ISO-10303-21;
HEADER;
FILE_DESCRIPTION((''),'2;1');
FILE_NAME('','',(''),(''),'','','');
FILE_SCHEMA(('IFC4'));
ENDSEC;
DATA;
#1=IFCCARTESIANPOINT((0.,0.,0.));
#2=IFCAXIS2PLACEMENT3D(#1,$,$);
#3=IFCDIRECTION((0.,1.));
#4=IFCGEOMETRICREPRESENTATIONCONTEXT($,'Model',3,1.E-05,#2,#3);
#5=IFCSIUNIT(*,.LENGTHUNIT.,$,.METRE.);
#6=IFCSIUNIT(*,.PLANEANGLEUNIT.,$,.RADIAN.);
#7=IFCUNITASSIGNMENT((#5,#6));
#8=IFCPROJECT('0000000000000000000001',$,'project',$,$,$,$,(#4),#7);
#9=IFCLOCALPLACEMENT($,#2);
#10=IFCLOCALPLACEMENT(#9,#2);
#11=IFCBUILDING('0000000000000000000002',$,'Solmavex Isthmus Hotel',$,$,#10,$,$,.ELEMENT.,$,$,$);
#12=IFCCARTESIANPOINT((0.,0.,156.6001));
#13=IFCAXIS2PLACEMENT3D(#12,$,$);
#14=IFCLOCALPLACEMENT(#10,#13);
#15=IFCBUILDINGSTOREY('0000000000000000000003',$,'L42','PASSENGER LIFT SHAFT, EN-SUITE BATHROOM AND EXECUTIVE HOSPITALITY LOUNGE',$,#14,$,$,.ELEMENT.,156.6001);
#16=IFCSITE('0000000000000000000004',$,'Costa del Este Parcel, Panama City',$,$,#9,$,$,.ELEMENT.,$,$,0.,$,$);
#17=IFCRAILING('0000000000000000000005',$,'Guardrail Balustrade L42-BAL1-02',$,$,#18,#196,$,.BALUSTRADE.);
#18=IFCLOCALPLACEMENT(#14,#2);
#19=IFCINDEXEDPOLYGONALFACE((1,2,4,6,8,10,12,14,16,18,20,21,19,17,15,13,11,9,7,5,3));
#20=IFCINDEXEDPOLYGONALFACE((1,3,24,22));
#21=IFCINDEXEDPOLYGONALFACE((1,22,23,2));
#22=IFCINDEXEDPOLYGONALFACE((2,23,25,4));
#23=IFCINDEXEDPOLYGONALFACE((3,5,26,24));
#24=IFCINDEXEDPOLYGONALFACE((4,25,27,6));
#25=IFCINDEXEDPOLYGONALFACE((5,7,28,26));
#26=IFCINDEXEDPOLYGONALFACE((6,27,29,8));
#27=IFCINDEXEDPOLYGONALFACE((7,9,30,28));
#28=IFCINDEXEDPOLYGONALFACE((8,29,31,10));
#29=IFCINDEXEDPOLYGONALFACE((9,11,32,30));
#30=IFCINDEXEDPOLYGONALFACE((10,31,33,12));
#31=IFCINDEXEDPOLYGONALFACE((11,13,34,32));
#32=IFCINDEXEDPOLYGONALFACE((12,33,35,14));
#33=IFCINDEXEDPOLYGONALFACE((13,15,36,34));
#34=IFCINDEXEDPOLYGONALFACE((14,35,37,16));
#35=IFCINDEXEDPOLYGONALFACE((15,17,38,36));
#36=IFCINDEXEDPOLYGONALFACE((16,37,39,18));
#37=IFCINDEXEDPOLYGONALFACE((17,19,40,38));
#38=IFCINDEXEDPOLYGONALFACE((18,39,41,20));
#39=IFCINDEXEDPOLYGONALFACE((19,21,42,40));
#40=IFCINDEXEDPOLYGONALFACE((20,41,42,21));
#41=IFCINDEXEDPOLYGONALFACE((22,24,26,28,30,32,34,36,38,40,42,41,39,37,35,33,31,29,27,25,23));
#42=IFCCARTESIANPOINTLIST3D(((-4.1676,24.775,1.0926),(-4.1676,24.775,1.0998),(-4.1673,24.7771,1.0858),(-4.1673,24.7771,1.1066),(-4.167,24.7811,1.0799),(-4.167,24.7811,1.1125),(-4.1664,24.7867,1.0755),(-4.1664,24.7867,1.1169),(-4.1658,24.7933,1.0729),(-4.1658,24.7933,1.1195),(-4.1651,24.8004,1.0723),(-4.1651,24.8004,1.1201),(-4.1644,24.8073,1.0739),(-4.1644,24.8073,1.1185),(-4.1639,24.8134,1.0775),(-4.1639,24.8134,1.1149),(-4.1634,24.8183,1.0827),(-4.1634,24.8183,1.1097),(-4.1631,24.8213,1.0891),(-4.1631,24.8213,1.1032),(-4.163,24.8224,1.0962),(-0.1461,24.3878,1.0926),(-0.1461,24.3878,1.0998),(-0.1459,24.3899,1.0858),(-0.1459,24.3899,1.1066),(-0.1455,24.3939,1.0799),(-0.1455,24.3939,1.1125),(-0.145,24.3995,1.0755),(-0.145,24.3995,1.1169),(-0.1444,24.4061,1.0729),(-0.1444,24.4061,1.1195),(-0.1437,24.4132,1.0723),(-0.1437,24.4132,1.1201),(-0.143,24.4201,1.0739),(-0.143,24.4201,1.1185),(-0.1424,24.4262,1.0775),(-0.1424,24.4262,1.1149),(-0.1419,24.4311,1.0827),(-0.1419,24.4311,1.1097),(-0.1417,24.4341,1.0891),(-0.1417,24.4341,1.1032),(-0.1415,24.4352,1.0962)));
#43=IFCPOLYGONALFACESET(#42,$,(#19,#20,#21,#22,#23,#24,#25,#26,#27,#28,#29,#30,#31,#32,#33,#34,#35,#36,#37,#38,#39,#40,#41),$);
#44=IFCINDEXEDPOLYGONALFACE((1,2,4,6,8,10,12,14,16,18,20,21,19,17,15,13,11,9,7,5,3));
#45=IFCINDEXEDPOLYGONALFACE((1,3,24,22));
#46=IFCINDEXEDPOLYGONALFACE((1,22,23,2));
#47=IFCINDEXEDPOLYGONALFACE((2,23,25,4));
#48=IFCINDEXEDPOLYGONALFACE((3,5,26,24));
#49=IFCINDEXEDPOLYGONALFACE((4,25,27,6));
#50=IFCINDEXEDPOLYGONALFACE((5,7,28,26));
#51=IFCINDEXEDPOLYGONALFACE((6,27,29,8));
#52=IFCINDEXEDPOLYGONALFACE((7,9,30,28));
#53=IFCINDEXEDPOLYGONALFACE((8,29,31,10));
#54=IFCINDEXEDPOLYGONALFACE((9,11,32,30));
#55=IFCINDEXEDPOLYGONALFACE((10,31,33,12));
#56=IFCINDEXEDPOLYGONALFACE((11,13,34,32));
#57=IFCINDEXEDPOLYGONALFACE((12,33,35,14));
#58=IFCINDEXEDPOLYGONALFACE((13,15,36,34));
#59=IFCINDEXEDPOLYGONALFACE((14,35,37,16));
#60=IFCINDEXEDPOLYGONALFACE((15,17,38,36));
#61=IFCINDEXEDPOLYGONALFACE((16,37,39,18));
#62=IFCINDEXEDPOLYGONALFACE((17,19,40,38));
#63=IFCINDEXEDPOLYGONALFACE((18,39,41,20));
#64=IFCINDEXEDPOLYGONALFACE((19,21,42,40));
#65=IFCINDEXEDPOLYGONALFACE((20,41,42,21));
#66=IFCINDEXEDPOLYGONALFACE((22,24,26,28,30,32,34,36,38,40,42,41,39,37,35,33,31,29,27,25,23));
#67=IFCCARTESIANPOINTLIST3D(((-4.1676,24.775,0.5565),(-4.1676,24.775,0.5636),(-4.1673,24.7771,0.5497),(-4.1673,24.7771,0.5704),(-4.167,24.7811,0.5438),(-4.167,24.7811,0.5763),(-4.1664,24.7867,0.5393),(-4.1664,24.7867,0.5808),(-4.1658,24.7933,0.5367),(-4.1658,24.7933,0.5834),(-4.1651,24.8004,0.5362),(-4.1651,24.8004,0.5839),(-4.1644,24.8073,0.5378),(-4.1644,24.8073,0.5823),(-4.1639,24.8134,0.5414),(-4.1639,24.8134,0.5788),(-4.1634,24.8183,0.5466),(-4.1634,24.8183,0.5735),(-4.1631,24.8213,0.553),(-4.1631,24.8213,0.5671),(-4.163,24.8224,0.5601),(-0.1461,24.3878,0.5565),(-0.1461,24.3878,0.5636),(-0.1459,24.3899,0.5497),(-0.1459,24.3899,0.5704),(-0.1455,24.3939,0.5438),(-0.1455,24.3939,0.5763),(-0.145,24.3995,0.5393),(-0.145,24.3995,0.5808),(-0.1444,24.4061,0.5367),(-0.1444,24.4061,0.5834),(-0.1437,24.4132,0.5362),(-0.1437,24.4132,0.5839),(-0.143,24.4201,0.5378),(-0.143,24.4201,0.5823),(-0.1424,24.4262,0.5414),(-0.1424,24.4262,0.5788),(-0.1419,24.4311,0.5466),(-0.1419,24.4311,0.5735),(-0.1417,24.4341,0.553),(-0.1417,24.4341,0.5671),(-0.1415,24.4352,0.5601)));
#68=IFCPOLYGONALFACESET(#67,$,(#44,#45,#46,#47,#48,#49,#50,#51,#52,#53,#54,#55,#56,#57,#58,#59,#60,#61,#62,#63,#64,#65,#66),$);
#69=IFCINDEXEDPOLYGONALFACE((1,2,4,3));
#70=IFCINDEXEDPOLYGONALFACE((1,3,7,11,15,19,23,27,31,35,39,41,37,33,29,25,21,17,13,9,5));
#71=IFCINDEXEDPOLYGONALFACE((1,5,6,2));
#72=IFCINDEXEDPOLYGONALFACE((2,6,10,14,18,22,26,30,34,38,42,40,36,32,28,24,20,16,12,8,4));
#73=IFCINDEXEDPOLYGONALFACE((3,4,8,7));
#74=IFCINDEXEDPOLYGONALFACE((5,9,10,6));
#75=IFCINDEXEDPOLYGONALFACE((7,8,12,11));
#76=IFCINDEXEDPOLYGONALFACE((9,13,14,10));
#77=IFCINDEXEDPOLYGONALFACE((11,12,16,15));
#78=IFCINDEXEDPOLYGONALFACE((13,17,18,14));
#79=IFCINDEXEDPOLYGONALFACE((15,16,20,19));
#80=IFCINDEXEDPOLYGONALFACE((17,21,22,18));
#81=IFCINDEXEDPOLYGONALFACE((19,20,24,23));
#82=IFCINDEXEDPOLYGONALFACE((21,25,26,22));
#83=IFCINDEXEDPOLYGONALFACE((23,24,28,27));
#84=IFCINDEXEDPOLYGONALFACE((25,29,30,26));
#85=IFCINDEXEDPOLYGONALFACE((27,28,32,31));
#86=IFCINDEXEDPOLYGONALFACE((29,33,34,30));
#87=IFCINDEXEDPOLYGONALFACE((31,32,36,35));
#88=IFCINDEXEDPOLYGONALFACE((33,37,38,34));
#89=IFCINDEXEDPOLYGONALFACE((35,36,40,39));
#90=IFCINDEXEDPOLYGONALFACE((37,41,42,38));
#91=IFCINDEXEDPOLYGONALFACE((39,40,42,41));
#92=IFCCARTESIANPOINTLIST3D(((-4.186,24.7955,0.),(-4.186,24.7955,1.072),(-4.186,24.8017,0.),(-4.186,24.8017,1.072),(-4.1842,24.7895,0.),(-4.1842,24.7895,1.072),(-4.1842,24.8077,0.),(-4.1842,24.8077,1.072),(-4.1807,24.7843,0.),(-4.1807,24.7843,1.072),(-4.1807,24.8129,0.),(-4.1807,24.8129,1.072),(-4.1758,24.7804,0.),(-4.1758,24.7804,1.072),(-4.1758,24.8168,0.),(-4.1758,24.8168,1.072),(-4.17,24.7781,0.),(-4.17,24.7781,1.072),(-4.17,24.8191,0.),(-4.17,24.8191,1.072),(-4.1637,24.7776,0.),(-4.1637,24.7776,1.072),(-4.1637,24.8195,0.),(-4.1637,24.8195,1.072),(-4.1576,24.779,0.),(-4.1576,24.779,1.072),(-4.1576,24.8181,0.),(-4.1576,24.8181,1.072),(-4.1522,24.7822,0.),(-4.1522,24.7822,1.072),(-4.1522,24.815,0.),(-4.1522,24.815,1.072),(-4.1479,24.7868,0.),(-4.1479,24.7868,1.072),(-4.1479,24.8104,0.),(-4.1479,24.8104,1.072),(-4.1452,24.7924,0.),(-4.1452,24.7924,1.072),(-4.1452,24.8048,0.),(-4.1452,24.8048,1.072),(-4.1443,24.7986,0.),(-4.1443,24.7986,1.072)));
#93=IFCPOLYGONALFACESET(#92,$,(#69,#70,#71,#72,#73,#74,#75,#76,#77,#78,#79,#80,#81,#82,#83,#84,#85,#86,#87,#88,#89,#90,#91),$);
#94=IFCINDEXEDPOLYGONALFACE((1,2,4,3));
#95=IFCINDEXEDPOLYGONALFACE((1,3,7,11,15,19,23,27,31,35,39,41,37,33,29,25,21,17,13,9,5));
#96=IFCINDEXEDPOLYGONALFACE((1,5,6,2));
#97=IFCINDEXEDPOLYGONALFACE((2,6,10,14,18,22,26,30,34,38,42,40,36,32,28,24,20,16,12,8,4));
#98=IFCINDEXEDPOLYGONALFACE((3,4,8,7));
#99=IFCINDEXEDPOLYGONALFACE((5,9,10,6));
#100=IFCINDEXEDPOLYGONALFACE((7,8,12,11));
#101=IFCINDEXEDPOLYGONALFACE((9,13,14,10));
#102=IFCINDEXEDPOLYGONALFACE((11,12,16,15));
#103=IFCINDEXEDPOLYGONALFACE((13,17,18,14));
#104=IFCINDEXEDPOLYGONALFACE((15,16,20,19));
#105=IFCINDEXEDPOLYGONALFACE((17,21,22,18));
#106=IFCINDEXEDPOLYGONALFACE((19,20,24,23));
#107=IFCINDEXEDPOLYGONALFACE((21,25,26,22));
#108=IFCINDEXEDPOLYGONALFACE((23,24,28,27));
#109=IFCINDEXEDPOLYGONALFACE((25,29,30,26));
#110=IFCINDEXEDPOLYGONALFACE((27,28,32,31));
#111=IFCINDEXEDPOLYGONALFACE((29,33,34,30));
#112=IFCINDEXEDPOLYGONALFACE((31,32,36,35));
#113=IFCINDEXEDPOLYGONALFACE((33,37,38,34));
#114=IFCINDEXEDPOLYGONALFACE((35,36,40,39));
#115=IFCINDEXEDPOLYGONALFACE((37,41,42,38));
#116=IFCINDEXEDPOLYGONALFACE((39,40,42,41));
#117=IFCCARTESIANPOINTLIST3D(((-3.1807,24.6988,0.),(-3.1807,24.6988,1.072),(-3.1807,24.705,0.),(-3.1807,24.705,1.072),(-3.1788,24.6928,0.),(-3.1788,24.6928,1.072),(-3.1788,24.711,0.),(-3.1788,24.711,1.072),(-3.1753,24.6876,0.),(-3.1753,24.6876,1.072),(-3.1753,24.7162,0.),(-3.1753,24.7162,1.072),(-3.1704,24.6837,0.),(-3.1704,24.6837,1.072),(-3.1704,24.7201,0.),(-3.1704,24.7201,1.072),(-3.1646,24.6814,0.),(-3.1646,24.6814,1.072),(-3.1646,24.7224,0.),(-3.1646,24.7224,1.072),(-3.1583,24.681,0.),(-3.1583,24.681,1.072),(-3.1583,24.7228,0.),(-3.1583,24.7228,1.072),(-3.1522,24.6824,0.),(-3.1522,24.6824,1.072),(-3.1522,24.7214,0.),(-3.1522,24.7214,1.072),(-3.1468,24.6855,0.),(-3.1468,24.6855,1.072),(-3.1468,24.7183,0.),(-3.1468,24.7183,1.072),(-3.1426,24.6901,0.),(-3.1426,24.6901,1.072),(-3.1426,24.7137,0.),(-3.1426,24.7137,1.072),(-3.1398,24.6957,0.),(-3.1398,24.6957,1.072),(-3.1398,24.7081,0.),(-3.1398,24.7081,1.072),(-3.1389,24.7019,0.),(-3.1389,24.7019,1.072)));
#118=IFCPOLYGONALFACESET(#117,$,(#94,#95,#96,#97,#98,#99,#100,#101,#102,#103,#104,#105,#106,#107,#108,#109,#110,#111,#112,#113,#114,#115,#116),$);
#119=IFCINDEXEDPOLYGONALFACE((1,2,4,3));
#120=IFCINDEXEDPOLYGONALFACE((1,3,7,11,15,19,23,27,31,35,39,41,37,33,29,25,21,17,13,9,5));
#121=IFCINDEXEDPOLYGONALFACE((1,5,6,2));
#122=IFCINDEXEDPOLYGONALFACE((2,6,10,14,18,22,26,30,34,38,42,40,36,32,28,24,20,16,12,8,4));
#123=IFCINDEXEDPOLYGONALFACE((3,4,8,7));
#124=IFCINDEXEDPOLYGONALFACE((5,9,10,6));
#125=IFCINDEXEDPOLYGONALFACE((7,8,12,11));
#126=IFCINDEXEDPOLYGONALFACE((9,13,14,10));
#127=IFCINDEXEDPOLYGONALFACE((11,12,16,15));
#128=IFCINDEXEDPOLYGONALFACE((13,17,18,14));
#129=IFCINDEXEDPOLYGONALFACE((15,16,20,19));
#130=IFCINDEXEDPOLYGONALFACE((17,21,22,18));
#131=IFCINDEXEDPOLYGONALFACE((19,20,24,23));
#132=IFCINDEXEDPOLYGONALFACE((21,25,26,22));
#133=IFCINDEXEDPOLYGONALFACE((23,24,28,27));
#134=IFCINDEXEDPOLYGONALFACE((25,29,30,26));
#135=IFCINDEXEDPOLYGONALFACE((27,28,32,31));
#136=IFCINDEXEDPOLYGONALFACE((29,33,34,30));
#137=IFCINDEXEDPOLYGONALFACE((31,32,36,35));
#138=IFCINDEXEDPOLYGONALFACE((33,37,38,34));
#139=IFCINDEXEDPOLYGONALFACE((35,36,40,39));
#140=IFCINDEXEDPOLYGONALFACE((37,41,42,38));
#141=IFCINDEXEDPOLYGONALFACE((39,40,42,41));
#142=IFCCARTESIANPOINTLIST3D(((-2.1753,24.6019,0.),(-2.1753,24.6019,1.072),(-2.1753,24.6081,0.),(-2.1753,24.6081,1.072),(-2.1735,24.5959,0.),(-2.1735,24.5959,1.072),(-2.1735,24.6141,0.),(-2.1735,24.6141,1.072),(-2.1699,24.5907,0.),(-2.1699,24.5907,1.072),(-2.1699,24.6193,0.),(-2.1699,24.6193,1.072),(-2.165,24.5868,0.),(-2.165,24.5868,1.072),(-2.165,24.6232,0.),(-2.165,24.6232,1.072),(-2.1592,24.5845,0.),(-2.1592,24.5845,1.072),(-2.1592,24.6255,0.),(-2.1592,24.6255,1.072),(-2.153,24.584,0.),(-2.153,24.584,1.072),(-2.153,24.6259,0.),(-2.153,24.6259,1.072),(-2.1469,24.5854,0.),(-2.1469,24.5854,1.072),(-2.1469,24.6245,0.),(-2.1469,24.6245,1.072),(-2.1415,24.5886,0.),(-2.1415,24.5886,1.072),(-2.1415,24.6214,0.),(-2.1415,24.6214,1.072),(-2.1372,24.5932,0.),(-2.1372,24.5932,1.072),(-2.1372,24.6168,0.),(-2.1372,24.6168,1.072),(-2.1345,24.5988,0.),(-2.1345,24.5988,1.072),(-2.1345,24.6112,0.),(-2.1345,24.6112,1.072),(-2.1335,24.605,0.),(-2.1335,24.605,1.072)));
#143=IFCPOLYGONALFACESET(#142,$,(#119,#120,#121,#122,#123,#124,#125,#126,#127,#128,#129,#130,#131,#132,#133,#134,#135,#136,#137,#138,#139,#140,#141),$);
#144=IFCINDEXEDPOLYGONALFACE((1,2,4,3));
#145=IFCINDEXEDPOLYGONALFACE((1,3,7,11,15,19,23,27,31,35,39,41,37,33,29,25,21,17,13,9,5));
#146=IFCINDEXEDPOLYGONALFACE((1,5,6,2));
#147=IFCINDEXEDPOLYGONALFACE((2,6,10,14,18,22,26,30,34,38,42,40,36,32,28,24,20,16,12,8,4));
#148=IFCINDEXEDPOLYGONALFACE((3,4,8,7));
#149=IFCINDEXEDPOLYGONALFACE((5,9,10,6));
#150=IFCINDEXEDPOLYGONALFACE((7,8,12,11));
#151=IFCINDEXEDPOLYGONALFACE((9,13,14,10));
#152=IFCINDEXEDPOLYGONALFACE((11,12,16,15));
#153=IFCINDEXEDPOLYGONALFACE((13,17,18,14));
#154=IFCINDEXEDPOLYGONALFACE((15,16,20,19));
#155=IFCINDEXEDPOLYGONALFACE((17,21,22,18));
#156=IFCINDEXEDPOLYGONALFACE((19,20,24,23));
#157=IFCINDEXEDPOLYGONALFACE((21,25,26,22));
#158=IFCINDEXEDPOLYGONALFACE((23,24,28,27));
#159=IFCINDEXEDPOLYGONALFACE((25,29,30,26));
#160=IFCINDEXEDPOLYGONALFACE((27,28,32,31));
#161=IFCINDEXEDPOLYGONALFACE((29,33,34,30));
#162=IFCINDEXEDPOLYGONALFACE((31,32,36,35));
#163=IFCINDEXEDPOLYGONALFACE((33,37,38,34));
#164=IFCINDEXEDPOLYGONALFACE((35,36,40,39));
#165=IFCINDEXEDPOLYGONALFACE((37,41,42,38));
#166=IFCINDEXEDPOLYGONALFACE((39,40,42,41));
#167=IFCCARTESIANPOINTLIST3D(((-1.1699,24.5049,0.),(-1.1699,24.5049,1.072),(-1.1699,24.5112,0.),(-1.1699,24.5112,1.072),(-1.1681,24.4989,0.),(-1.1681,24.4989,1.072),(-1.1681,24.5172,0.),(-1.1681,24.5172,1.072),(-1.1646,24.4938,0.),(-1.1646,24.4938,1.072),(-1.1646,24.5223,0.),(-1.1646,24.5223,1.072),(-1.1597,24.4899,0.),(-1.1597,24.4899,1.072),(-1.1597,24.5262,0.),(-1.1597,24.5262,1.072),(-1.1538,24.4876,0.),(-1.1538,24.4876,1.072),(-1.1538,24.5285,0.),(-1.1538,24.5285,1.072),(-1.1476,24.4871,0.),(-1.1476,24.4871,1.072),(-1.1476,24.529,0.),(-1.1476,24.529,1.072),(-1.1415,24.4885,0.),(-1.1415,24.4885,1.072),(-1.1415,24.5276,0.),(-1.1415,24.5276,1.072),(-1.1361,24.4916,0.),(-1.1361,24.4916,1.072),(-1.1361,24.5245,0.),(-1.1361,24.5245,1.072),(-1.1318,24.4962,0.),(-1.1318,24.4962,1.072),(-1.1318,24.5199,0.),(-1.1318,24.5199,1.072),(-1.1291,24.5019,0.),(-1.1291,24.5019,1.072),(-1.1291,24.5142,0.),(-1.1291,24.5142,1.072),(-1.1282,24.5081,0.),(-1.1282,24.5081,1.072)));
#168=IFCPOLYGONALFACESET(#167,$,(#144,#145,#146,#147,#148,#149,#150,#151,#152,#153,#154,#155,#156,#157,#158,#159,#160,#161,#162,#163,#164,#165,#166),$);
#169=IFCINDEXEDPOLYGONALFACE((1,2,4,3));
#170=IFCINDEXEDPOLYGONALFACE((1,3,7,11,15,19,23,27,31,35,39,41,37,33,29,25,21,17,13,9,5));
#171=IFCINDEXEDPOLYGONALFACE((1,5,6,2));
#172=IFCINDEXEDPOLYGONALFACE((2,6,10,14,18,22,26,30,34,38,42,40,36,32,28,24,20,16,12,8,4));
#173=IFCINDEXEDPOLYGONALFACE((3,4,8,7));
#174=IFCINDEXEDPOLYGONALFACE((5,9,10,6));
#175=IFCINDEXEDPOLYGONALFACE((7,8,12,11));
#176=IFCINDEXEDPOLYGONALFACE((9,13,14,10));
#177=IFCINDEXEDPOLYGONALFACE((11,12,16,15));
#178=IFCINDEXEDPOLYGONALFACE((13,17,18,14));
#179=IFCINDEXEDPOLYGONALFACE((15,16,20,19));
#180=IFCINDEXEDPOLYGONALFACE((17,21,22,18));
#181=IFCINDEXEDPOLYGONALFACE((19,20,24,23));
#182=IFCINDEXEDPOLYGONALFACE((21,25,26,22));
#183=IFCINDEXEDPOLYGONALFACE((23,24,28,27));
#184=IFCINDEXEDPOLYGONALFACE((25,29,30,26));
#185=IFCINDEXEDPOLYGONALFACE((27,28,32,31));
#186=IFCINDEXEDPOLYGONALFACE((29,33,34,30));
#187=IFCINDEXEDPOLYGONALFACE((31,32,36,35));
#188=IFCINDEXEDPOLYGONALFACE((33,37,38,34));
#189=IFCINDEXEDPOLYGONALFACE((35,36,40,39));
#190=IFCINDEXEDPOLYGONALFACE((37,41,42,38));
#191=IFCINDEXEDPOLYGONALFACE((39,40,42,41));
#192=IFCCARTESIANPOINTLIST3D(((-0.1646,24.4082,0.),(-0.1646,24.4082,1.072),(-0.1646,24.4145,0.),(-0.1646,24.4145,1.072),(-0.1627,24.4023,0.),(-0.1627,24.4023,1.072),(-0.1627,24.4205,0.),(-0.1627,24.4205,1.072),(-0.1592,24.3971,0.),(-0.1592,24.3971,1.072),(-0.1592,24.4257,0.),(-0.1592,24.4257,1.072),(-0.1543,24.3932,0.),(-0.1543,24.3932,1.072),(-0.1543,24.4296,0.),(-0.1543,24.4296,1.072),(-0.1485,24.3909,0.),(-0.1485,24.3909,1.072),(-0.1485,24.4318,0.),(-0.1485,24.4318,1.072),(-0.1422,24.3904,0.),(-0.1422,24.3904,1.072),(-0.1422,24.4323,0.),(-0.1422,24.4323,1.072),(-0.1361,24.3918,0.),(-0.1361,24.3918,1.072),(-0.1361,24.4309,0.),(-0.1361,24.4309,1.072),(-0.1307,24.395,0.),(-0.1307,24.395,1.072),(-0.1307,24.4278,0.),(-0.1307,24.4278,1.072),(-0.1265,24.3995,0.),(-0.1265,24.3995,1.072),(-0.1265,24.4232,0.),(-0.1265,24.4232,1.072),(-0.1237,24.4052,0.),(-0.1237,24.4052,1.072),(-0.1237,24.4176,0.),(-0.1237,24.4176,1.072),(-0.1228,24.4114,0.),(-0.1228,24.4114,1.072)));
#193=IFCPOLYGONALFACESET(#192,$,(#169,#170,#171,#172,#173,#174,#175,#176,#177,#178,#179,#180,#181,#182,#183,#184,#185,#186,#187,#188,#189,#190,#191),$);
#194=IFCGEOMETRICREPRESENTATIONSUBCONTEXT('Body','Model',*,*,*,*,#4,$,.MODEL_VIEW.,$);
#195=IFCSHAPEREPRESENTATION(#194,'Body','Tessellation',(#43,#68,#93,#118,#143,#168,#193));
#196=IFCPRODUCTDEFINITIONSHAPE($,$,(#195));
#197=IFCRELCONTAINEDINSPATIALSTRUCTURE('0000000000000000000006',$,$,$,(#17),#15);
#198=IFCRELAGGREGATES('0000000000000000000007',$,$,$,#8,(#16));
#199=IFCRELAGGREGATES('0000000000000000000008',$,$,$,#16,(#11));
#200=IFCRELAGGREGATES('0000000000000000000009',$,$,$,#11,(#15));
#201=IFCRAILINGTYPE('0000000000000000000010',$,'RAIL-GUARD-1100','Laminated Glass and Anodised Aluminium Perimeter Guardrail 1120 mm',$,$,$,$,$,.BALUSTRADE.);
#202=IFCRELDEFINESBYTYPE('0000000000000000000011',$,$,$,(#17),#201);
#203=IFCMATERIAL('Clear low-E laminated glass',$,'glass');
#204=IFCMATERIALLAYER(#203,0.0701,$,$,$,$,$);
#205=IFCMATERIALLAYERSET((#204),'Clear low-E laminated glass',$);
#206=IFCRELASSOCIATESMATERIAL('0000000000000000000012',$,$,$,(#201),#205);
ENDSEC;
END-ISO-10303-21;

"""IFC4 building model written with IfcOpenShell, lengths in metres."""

from ifc_helpers import new_model, si_unit, direction, frame, origin, origin_2d, place, context, subcontext, project, spatial, circle, extrude, material, layer, layer_set, type_object, element, save


model = new_model("IFC4")

# Units and contexts
model_context = context("Model", 3, precision=1e-05, world=origin(), true_north=direction((0.0, 1.0)))
body_context = subcontext(model_context, "Body", "Model", "MODEL_VIEW")
ifc_project = project(units=[si_unit("LENGTHUNIT", "METRE"), si_unit("PLANEANGLEUNIT", "RADIAN")], contexts=[model_context])

# Site, building, storey
site_placement = place(None, origin())
site = spatial("IfcSite", under=ifc_project, at=site_placement, Name="Costa del Este Parcel, Panama City", CompositionType="ELEMENT", RefElevation=0.0)
building_placement = place(site_placement, origin())
building = spatial("IfcBuilding", under=site, at=building_placement, Name="Solmavex Isthmus Hotel", CompositionType="ELEMENT")
storey_placement = place(building_placement, frame((0.0, 0.0, 156.6001)))
storey = spatial("IfcBuildingStorey", under=building, at=storey_placement, Name="L42", Description="PASSENGER LIFT SHAFT, EN-SUITE BATHROOM AND EXECUTIVE HOSPITALITY LOUNGE", CompositionType="ELEMENT", Elevation=156.6001)

# Shared definitions
ifc_material_1 = material(Name="Clear low-E laminated glass", Category="glass")

# Railing
ifc_layer_1 = layer(ifc_material_1, 0.0701)
ifc_layer_set_1 = layer_set([ifc_layer_1], Name="Clear low-E laminated glass")
railing_type = type_object("IfcRailingType", Name="RAIL-GUARD-1100", Description="Laminated Glass and Anodised Aluminium Perimeter Guardrail 1120 mm", PredefinedType="BALUSTRADE", material=ifc_layer_set_1)
railing_1_placement = place(storey_placement, frame((-4.1653, 24.7986, 0.0)))
element("IfcRailing", 1, at=railing_1_placement, inside=storey, type_object=railing_type, Name="Guardrail Balustrade L42-BAL1-02", PredefinedType="BALUSTRADE", context=body_context, shape_type="SweptSolid", body=[
    extrude(circle(Radius=0.0239, at=origin_2d()), frame((0.0, 0.0, 1.0962), z_axis=(0.995397, -0.095841, 0.0), x_axis=(0.095841, 0.995397, 0.0)), (0.0, 0.0, 1.0), 4.04),
    extrude(circle(Radius=0.0239, at=origin_2d()), frame((0.0, 0.0, 0.5601), z_axis=(0.995397, -0.095841, 0.0), x_axis=(0.095841, 0.995397, 0.0)), (0.0, 0.0, 1.0), 4.04),
    extrude(circle(Radius=0.021, at=origin_2d()), origin(), (0.0, 0.0, 1.0), 1.072),
    extrude(circle(Radius=0.021, at=origin_2d()), frame((1.0054, -0.0967, 0.0)), (0.0, 0.0, 1.0), 1.072),
    extrude(circle(Radius=0.021, at=origin_2d()), frame((2.0107, -0.1936, 0.0)), (0.0, 0.0, 1.0), 1.072),
    extrude(circle(Radius=0.021, at=origin_2d()), frame((3.0161, -0.2905, 0.0)), (0.0, 0.0, 1.0), 1.072),
    extrude(circle(Radius=0.021, at=origin_2d()), frame((4.0215, -0.3872, 0.0)), (0.0, 0.0, 1.0), 1.072),
])

save(model, "model.ifc")
